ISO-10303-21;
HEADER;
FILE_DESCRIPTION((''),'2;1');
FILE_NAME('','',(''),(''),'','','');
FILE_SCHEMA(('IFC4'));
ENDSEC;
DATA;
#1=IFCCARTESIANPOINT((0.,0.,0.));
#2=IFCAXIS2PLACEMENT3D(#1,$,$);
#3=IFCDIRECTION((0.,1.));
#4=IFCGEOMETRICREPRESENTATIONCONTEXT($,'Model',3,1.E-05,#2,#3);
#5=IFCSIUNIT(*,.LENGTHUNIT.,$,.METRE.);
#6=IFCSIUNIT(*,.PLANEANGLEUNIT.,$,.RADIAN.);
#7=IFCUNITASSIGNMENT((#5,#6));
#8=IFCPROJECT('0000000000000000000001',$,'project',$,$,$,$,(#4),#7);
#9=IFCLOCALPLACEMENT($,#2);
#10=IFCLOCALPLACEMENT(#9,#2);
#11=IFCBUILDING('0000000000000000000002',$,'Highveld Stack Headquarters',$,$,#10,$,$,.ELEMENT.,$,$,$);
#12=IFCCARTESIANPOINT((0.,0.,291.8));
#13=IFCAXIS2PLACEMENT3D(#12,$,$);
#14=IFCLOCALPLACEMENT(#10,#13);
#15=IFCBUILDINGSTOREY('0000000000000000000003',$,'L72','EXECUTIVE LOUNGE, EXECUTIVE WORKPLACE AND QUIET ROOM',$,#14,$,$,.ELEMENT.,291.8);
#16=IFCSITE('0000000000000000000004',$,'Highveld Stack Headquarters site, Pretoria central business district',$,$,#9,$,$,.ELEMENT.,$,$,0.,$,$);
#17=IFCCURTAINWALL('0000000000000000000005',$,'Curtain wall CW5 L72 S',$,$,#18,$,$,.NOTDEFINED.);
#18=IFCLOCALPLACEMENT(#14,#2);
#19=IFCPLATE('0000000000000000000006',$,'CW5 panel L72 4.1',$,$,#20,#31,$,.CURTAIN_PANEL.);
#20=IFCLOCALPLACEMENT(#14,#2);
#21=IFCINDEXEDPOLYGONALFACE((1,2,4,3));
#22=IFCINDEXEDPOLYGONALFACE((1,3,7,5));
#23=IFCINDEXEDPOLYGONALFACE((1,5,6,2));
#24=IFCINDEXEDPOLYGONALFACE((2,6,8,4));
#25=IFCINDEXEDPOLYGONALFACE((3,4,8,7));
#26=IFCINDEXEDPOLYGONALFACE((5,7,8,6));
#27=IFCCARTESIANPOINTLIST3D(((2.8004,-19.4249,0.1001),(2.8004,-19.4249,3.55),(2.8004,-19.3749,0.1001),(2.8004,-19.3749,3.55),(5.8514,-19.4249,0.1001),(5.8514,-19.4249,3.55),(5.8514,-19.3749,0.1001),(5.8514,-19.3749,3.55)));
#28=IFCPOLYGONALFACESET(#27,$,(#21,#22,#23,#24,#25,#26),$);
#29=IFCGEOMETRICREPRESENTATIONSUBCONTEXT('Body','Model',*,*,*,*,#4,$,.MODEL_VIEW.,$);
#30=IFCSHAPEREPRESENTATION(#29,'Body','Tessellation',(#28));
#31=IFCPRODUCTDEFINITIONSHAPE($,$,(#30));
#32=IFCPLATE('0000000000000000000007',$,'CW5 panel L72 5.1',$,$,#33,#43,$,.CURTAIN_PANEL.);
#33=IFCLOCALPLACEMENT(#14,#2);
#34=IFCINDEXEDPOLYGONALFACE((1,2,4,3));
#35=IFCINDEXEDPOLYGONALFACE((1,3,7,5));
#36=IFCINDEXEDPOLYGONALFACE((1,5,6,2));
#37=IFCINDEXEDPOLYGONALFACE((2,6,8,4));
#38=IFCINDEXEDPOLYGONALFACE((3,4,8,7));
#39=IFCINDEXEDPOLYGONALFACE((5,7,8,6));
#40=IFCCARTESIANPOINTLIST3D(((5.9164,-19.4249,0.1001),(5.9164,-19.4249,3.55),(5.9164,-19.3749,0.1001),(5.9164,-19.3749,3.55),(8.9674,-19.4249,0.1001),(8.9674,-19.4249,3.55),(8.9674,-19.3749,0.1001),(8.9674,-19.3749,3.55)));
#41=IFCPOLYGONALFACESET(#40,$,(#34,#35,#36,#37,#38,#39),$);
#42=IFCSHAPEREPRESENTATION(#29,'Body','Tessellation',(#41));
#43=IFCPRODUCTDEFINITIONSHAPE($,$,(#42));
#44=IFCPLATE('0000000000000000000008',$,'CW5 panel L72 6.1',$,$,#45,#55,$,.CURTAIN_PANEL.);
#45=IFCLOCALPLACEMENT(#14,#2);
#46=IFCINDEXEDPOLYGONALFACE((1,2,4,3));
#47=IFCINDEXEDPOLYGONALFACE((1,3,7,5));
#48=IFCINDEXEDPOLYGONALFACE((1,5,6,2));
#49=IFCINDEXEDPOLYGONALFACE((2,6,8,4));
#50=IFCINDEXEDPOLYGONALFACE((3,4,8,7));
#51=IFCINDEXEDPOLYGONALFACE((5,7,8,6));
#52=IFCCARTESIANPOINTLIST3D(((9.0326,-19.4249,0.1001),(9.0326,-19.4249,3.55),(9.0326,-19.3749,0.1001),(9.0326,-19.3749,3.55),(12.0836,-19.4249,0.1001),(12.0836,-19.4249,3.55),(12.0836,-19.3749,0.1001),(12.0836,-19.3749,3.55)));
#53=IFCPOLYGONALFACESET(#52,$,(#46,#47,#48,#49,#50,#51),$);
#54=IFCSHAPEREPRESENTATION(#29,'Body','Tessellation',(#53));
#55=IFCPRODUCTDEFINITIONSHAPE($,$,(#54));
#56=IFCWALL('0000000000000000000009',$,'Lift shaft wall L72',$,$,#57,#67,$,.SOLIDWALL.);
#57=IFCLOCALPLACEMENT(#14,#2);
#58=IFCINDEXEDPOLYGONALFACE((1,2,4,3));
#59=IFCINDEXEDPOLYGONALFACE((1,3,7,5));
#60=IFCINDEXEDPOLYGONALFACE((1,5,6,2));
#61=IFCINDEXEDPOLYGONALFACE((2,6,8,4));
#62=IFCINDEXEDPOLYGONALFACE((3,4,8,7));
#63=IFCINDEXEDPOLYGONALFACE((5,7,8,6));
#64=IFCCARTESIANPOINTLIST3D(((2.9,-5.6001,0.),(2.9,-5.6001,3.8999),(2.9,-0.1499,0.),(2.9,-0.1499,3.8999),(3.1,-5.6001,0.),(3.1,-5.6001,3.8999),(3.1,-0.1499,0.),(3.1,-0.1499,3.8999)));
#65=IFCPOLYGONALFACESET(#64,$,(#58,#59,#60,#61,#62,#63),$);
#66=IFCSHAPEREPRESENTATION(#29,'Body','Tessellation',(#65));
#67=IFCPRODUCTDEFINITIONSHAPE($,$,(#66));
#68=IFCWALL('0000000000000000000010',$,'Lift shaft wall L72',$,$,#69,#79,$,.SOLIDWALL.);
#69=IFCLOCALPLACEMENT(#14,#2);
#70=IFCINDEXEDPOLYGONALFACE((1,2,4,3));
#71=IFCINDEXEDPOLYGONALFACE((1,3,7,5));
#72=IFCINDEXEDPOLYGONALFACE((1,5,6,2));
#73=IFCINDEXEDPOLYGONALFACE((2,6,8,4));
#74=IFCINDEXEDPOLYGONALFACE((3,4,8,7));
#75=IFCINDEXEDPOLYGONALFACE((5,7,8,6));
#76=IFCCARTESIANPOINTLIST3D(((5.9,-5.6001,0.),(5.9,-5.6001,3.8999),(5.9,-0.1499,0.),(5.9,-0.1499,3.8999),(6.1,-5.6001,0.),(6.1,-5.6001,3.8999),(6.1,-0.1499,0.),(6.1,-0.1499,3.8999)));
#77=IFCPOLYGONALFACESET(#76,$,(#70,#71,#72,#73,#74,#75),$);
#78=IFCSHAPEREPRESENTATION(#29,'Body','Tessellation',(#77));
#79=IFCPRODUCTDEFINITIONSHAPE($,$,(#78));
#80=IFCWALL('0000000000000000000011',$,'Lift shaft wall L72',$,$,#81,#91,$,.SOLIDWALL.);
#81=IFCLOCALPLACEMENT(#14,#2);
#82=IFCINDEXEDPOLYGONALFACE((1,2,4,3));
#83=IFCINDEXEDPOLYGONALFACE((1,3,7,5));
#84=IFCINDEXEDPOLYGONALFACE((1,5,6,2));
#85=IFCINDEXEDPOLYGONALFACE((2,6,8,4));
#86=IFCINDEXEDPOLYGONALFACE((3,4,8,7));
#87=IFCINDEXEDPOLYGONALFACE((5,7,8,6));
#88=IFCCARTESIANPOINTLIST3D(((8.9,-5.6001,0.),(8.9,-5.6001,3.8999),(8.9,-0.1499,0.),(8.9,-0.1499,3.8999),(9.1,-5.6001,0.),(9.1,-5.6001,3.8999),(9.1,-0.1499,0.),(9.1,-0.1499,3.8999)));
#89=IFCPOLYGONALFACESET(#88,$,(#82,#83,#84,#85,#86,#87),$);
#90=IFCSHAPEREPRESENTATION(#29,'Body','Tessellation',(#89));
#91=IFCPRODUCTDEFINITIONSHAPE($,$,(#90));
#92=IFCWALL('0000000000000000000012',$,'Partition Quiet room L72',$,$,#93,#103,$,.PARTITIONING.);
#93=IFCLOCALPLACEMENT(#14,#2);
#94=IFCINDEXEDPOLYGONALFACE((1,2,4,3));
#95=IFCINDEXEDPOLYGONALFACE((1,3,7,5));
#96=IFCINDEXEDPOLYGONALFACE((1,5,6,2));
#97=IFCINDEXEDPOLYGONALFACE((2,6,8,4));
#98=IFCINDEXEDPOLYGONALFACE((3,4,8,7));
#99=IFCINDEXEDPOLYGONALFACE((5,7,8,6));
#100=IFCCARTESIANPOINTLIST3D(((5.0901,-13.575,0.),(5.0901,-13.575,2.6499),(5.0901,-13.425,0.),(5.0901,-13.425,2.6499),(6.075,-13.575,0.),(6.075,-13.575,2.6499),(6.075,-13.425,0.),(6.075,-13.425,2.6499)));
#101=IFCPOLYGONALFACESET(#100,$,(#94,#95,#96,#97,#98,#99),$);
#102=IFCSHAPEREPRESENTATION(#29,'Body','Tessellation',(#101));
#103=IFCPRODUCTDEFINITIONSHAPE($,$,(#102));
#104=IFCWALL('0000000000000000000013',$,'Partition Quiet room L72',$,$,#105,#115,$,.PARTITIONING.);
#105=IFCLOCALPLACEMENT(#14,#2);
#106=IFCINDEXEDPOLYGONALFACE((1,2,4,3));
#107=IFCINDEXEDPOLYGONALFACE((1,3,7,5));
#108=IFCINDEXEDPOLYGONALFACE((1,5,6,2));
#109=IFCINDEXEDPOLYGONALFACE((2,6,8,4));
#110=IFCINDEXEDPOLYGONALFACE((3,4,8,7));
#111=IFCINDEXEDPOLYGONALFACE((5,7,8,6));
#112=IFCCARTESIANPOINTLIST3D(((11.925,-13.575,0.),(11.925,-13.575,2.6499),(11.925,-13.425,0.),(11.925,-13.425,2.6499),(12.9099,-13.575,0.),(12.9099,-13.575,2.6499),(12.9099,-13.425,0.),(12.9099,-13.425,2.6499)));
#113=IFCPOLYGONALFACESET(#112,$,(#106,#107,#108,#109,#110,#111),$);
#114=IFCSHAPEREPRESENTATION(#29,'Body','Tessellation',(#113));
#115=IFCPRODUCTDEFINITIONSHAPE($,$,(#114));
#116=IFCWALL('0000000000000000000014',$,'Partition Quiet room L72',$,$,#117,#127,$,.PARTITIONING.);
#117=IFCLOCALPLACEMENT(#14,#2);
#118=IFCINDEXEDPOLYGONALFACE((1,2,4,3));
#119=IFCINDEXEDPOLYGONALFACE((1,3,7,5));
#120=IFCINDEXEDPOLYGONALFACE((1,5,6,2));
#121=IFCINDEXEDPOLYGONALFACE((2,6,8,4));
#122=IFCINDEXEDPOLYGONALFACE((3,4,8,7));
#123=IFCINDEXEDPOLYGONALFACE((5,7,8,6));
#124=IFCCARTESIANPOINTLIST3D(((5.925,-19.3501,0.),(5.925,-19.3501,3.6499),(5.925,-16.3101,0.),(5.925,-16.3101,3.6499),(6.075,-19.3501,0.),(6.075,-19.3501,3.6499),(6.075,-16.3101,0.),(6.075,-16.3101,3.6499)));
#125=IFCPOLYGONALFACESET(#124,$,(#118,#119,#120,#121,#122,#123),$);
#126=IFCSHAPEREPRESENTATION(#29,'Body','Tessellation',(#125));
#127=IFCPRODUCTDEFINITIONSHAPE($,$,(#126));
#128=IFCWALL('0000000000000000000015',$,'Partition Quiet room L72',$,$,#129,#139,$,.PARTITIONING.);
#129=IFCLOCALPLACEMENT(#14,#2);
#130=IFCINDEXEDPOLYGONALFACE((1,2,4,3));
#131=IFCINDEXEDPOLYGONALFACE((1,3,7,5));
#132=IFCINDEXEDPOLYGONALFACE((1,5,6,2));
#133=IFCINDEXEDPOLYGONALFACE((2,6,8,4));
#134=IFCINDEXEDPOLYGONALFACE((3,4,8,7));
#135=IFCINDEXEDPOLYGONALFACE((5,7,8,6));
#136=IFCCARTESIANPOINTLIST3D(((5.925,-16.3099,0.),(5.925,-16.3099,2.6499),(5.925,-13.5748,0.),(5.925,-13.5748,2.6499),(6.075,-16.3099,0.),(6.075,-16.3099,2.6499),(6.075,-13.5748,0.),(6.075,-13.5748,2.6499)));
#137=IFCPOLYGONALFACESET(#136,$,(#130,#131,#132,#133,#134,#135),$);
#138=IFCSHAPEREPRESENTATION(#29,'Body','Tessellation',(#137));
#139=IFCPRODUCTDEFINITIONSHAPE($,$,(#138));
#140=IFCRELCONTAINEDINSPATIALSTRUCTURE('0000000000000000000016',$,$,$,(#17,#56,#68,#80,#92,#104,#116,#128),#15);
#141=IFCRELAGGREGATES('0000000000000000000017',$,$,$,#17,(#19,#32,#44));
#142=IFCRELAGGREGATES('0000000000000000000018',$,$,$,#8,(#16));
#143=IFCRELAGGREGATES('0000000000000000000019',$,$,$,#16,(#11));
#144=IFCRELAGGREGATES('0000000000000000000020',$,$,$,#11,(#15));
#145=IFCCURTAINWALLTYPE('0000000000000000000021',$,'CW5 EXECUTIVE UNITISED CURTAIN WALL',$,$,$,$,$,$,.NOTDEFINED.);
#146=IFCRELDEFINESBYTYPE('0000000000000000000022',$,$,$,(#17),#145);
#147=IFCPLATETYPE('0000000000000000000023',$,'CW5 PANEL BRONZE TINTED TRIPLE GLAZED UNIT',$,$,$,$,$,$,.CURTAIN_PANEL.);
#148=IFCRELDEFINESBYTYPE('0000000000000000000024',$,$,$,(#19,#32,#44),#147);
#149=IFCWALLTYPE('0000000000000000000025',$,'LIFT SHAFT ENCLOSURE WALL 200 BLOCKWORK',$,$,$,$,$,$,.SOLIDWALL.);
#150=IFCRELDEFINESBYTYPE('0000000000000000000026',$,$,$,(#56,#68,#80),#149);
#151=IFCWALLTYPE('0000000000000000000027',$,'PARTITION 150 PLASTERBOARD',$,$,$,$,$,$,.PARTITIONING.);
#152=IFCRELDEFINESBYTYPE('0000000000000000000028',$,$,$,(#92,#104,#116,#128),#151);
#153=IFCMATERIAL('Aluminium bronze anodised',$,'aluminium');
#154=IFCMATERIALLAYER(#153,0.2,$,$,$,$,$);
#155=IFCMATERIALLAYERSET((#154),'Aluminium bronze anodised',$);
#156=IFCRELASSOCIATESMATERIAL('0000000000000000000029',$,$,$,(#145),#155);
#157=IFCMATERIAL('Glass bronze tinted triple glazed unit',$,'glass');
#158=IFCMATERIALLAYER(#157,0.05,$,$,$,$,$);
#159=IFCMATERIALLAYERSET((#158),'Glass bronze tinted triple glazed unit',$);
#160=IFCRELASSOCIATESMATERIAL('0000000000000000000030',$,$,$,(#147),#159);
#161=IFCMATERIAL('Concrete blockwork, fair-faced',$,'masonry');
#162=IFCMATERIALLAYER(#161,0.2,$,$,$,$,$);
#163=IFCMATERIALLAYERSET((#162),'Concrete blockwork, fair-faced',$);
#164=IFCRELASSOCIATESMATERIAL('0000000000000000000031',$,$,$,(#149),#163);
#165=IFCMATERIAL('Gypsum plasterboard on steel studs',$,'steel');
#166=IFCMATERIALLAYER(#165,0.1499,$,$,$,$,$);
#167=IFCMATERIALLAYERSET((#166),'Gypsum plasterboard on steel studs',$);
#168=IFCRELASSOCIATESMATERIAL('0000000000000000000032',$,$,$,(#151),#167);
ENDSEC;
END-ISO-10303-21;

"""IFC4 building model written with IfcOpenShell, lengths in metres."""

from ifc_helpers import new_model, si_unit, direction, frame, frame_2d, origin, origin_2d, place, context, subcontext, project, spatial, rectangle, extrude, material, layer, layer_set, type_object, element, aggregate, save


model = new_model("IFC4")

# Units and contexts
model_context = context("Model", 3, precision=1e-05, world=origin(), true_north=direction((0.0, 1.0)))
body_context = subcontext(model_context, "Body", "Model", "MODEL_VIEW")
ifc_project = project(units=[si_unit("LENGTHUNIT", "METRE"), si_unit("PLANEANGLEUNIT", "RADIAN")], contexts=[model_context])

# Site, building, storey
site_placement = place(None, origin())
site = spatial("IfcSite", under=ifc_project, at=site_placement, Name="Highveld Stack Headquarters site, Pretoria central business district", CompositionType="ELEMENT", RefElevation=0.0)
building_placement = place(site_placement, origin())
building = spatial("IfcBuilding", under=site, at=building_placement, Name="Highveld Stack Headquarters", CompositionType="ELEMENT")
storey_placement = place(building_placement, frame((0.0, 0.0, 291.8)))
storey = spatial("IfcBuildingStorey", under=building, at=storey_placement, Name="L72", Description="EXECUTIVE LOUNGE, EXECUTIVE WORKPLACE AND QUIET ROOM", CompositionType="ELEMENT", Elevation=291.8)

# Curtain wall
ifc_material_1 = material(Name="Aluminium bronze anodised", Category="aluminium")
ifc_layer_1 = layer(ifc_material_1, 0.2)
ifc_layer_set_1 = layer_set([ifc_layer_1], Name="Aluminium bronze anodised")
curtain_wall_type = type_object("IfcCurtainWallType", Name="CW5 EXECUTIVE UNITISED CURTAIN WALL", PredefinedType="NOTDEFINED", material=ifc_layer_set_1)
curtain_wall_placement = place(storey_placement, origin())
curtain_wall = element("IfcCurtainWall", 1, at=curtain_wall_placement, inside=storey, type_object=curtain_wall_type, Name="Curtain wall CW5 L72 S", PredefinedType="NOTDEFINED")

# Plates
ifc_material_2 = material(Name="Glass bronze tinted triple glazed unit", Category="glass")
ifc_layer_2 = layer(ifc_material_2, 0.05)
ifc_layer_set_2 = layer_set([ifc_layer_2], Name="Glass bronze tinted triple glazed unit")
plate_type = type_object("IfcPlateType", Name="CW5 PANEL BRONZE TINTED TRIPLE GLAZED UNIT", PredefinedType="CURTAIN_PANEL", material=ifc_layer_set_2)
plate_1_placement = place(storey_placement, frame((4.3259, -19.3999, 0.1001), z_axis=(0.0, 0.0, 1.0), x_axis=(1.0, 0.0, 0.0)))
plate_1 = element("IfcPlate", 2, at=plate_1_placement, type_object=plate_type, Name="CW5 panel L72 4.1", PredefinedType="CURTAIN_PANEL", context=body_context, shape_type="SweptSolid", body=[
    extrude(rectangle(XDim=3.051, YDim=0.05, at=origin_2d()), origin(), (0.0, 0.0, 1.0), 3.45),
])
plate_2_placement = place(storey_placement, frame((7.4419, -19.3999, 0.1001), z_axis=(0.0, 0.0, 1.0), x_axis=(1.0, 0.0, 0.0)))
plate_2 = element("IfcPlate", 3, at=plate_2_placement, type_object=plate_type, Name="CW5 panel L72 5.1", PredefinedType="CURTAIN_PANEL", context=body_context, shape_type="SweptSolid", body=[
    extrude(rectangle(XDim=3.051, YDim=0.05, at=origin_2d()), origin(), (0.0, 0.0, 1.0), 3.45),
])
plate_3_placement = place(storey_placement, frame((10.5581, -19.3999, 0.1001), z_axis=(0.0, 0.0, 1.0), x_axis=(1.0, 0.0, 0.0)))
plate_3 = element("IfcPlate", 4, at=plate_3_placement, type_object=plate_type, Name="CW5 panel L72 6.1", PredefinedType="CURTAIN_PANEL", context=body_context, shape_type="SweptSolid", body=[
    extrude(rectangle(XDim=3.051, YDim=0.05, at=origin_2d()), origin(), (0.0, 0.0, 1.0), 3.45),
])
aggregate(curtain_wall, [plate_1, plate_2, plate_3])

# Walls
ifc_material_3 = material(Name="Concrete blockwork, fair-faced", Category="masonry")
ifc_layer_3 = layer(ifc_material_3, 0.2)
ifc_layer_set_3 = layer_set([ifc_layer_3], Name="Concrete blockwork, fair-faced")
wall_type_1 = type_object("IfcWallType", Name="LIFT SHAFT ENCLOSURE WALL 200 BLOCKWORK", PredefinedType="SOLIDWALL", material=ifc_layer_set_3)
for number, where, z_axis, x_axis, name in (
    (5, (3.0, -5.6001, 0.0), (0.0, 0.0, 1.0), (0.0, 1.0, 0.0), "Lift shaft wall L72"),
    (6, (6.0, -5.6001, 0.0), (0.0, 0.0, 1.0), (0.0, 1.0, 0.0), "Lift shaft wall L72"),
    (7, (9.0, -5.6001, 0.0), (0.0, 0.0, 1.0), (0.0, 1.0, 0.0), "Lift shaft wall L72"),
):
    element("IfcWall", number, at=place(storey_placement, frame(where, z_axis=z_axis, x_axis=x_axis)), inside=storey, type_object=wall_type_1, Name=name, PredefinedType="SOLIDWALL", context=body_context, shape_type="SweptSolid", body=[
        extrude(rectangle(XDim=5.4502, YDim=0.2, at=frame_2d((2.7251, 0.0))), origin(), (0.0, 0.0, 1.0), 3.8999),
    ])
ifc_material_4 = material(Name="Gypsum plasterboard on steel studs", Category="steel")
ifc_layer_4 = layer(ifc_material_4, 0.1499)
ifc_layer_set_4 = layer_set([ifc_layer_4], Name="Gypsum plasterboard on steel studs")
wall_type_2 = type_object("IfcWallType", Name="PARTITION 150 PLASTERBOARD", PredefinedType="PARTITIONING", material=ifc_layer_set_4)
for number, where, z_axis, x_axis, name in (
    (8, (5.0901, -13.5, 0.0), (0.0, 0.0, 1.0), (1.0, 0.0, 0.0), "Partition Quiet room L72"),
    (9, (11.925, -13.5, 0.0), (0.0, 0.0, 1.0), (1.0, 0.0, 0.0), "Partition Quiet room L72"),
):
    element("IfcWall", number, at=place(storey_placement, frame(where, z_axis=z_axis, x_axis=x_axis)), inside=storey, type_object=wall_type_2, Name=name, PredefinedType="PARTITIONING", context=body_context, shape_type="SweptSolid", body=[
        extrude(rectangle(XDim=0.9849, YDim=0.1499, at=frame_2d((0.4924, 0.0))), origin(), (0.0, 0.0, 1.0), 2.6499),
    ])
wall_1_placement = place(storey_placement, frame((6.0, -19.3501, 0.0), z_axis=(0.0, 0.0, 1.0), x_axis=(0.0, 1.0, 0.0)))
element("IfcWall", 10, at=wall_1_placement, inside=storey, type_object=wall_type_2, Name="Partition Quiet room L72", PredefinedType="PARTITIONING", context=body_context, shape_type="SweptSolid", body=[
    extrude(rectangle(XDim=3.04, YDim=0.1499, at=frame_2d((1.52, 0.0))), origin(), (0.0, 0.0, 1.0), 3.6499),
])
wall_2_placement = place(storey_placement, frame((6.0, -16.3101, 0.0), z_axis=(0.0, 0.0, 1.0), x_axis=(0.0, 1.0, 0.0)))
element("IfcWall", 11, at=wall_2_placement, inside=storey, type_object=wall_type_2, Name="Partition Quiet room L72", PredefinedType="PARTITIONING", context=body_context, shape_type="SweptSolid", body=[
    extrude(rectangle(XDim=2.7351, YDim=0.1499, at=frame_2d((1.3677, 0.0))), origin(), (0.0, 0.0, 1.0), 2.6499),
])

save(model, "model.ifc")
